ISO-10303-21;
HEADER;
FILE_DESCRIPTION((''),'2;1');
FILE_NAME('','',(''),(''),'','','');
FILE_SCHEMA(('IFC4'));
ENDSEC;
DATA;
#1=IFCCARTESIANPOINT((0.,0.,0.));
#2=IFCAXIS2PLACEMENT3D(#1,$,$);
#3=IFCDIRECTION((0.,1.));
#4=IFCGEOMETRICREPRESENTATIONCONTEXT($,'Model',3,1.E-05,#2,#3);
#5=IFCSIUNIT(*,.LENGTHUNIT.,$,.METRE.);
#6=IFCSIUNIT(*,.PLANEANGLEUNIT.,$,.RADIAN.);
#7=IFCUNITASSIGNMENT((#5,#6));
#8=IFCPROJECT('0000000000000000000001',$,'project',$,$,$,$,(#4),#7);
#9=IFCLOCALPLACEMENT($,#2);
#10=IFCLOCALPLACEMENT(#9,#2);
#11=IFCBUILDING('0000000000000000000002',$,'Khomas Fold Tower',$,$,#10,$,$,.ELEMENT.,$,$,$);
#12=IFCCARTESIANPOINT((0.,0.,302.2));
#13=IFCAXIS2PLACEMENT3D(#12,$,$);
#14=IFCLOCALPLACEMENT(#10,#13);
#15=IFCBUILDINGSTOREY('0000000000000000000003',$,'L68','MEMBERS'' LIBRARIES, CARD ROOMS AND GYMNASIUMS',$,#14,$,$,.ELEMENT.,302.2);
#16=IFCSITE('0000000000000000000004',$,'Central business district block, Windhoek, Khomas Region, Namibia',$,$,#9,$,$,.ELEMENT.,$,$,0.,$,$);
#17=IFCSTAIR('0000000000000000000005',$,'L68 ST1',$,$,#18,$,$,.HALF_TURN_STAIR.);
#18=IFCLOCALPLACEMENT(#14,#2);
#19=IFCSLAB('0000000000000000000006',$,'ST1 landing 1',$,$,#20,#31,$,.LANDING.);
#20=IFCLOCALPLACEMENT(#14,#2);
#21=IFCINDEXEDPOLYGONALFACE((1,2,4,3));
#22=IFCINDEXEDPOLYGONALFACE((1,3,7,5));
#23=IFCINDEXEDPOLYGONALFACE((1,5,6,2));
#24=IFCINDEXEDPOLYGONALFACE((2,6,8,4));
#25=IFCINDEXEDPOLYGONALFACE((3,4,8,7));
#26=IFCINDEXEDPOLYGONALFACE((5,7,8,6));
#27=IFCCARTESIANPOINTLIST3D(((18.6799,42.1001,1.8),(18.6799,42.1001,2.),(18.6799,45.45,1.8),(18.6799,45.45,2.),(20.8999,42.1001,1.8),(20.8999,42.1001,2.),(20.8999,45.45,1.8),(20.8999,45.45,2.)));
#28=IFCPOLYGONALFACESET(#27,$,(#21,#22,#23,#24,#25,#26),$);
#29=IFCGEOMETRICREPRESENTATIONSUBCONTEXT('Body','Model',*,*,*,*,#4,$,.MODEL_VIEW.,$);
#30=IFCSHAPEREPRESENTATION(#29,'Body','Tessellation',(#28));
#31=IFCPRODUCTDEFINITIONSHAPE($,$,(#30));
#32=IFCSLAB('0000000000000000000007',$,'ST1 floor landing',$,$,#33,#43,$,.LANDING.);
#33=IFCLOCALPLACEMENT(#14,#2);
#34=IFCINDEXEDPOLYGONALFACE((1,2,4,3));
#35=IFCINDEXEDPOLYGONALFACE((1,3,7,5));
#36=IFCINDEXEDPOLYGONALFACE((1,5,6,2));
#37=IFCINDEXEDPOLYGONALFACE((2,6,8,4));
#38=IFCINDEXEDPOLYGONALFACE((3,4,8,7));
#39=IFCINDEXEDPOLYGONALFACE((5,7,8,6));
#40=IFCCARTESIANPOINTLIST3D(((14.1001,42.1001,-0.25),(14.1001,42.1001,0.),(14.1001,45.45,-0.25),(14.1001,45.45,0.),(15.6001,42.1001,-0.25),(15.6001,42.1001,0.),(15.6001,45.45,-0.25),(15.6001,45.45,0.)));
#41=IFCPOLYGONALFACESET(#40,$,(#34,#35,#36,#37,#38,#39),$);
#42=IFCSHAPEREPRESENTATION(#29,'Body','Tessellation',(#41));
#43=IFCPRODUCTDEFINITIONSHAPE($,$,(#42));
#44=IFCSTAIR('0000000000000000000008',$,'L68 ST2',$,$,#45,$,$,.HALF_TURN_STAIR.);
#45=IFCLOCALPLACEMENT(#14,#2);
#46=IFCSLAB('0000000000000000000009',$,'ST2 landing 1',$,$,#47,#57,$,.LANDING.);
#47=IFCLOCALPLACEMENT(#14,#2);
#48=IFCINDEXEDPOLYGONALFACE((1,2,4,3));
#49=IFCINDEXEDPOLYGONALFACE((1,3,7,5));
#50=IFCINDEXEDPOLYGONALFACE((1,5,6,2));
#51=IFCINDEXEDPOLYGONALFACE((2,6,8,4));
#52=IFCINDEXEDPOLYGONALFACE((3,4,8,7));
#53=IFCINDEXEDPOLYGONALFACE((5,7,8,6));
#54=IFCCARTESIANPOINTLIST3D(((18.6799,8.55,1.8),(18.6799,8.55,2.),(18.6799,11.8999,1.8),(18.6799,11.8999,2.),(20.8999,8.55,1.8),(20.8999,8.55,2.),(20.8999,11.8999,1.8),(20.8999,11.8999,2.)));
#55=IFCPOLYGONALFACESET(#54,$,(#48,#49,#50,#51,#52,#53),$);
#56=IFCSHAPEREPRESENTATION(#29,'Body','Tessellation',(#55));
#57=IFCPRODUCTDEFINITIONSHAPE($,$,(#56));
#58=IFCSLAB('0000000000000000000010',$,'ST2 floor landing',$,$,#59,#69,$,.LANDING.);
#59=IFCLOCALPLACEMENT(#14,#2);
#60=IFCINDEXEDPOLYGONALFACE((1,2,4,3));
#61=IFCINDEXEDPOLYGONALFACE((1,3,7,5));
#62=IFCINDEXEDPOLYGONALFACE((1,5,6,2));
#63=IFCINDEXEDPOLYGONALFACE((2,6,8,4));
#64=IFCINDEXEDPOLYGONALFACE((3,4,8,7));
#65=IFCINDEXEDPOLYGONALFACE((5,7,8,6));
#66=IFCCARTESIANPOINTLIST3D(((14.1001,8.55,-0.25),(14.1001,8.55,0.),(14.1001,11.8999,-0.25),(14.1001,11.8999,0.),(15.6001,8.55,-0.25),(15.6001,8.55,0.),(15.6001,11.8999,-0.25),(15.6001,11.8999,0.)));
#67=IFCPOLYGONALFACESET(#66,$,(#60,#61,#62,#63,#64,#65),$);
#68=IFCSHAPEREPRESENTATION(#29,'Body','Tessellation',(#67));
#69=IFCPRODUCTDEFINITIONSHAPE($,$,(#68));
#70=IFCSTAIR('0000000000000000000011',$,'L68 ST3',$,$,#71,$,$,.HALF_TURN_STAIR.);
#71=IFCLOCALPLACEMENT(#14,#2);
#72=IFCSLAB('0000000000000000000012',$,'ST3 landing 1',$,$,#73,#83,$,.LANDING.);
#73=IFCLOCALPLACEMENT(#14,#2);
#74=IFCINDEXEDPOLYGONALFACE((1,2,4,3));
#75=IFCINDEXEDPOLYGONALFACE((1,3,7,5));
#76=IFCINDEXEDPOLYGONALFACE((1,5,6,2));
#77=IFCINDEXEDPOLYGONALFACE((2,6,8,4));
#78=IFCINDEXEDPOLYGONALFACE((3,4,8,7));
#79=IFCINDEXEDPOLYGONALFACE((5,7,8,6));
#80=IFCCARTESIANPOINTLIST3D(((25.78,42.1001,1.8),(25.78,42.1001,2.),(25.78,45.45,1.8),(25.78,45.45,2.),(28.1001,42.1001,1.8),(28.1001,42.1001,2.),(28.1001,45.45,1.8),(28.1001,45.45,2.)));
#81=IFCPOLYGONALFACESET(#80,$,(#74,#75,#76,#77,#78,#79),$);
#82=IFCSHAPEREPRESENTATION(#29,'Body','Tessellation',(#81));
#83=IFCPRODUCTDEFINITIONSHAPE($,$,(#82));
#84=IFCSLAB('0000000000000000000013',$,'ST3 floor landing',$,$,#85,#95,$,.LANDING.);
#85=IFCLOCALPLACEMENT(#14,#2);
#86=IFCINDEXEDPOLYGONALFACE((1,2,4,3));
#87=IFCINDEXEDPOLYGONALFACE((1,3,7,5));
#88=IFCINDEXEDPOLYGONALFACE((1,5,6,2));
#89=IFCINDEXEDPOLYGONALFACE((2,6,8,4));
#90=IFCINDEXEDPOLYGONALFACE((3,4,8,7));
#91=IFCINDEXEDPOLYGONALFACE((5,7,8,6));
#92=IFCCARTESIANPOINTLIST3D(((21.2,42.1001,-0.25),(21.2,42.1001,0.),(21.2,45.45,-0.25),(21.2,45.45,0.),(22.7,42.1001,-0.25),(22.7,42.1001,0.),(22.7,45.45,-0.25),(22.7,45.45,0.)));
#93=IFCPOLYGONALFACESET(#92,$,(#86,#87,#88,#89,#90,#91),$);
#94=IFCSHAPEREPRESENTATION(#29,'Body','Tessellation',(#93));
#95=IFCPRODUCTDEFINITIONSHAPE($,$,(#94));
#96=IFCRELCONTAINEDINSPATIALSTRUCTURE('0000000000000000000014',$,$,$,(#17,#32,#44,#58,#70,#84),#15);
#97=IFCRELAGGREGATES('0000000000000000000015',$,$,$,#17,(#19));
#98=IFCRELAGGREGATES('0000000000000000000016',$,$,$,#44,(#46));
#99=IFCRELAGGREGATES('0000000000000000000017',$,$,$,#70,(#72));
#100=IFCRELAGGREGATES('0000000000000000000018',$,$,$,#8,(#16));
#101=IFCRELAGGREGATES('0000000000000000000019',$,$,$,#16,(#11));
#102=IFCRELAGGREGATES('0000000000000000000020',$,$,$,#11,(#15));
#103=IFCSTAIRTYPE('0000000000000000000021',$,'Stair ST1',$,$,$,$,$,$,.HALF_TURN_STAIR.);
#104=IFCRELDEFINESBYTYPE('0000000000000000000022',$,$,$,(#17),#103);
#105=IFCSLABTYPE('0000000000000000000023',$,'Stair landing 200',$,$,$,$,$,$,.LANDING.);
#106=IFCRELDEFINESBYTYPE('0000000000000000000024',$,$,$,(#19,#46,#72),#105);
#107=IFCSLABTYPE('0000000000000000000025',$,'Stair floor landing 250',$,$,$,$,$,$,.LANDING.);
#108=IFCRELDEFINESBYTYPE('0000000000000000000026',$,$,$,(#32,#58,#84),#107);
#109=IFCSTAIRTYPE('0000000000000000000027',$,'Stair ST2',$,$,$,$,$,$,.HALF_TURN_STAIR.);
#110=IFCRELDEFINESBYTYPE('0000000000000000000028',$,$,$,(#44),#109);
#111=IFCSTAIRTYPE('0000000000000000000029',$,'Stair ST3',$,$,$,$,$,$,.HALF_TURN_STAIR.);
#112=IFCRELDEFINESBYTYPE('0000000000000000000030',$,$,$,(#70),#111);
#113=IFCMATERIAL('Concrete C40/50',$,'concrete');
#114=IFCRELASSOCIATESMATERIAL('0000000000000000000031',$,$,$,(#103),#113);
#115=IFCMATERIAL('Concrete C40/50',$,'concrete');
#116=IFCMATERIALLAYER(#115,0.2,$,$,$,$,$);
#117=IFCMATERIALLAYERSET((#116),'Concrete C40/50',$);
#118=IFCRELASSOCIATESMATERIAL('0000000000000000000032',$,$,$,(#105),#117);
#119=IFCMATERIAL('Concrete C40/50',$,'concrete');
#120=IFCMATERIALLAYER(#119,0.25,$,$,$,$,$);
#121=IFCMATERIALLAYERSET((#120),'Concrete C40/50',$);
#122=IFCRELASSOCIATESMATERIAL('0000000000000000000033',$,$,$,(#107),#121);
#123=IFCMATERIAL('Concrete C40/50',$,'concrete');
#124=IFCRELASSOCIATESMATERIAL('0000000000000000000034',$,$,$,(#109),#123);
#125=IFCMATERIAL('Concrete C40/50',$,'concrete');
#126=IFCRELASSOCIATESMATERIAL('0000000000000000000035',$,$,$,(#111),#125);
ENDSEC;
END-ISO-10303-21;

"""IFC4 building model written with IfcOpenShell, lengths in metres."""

from ifc_helpers import new_model, si_unit, direction, frame, origin, place, context, subcontext, project, spatial, polyline, outline, extrude, source, transform, mapped, material, layer, layer_set, type_object, element, aggregate, save


model = new_model("IFC4")

# Units and contexts
model_context = context("Model", 3, precision=1e-05, world=origin(), true_north=direction((0.0, 1.0)))
body_context = subcontext(model_context, "Body", "Model", "MODEL_VIEW")
ifc_project = project(units=[si_unit("LENGTHUNIT", "METRE"), si_unit("PLANEANGLEUNIT", "RADIAN")], contexts=[model_context])

# Site, building, storey
site_placement = place(None, origin())
site = spatial("IfcSite", under=ifc_project, at=site_placement, Name="Central business district block, Windhoek, Khomas Region, Namibia", CompositionType="ELEMENT", RefElevation=0.0)
building_placement = place(site_placement, origin())
building = spatial("IfcBuilding", under=site, at=building_placement, Name="Khomas Fold Tower", CompositionType="ELEMENT")
storey_placement = place(building_placement, frame((0.0, 0.0, 302.2)))
storey = spatial("IfcBuildingStorey", under=building, at=storey_placement, Name="L68", Description="MEMBERS' LIBRARIES, CARD ROOMS AND GYMNASIUMS", CompositionType="ELEMENT", Elevation=302.2)

# Stair, slab
ifc_material_1 = material(Name="Concrete C40/50", Category="concrete")
stair_type_1 = type_object("IfcStairType", Name="Stair ST1", PredefinedType="HALF_TURN_STAIR", material=ifc_material_1)
stair_1_placement = place(storey_placement, origin())
stair_1 = element("IfcStair", 1, at=stair_1_placement, inside=storey, type_object=stair_type_1, Name="L68 ST1", PredefinedType="HALF_TURN_STAIR")
ifc_material_2 = material(Name="Concrete C40/50", Category="concrete")
ifc_layer_1 = layer(ifc_material_2, 0.2)
ifc_layer_set_1 = layer_set([ifc_layer_1], Name="Concrete C40/50")
slab_type_1 = type_object("IfcSlabType", Name="Stair landing 200", PredefinedType="LANDING", material=ifc_layer_set_1)
shared_shape_1 = source(origin(), body_context, "Body", "SweptSolid", [
    extrude(outline(polyline([(18.6799, 42.1001), (20.8999, 42.1001), (20.8999, 45.45), (18.6799, 45.45), (18.6799, 42.1001)])), origin(), (0.0, 0.0, 1.0), 0.2),
])
slab_1_placement = place(storey_placement, frame((0.0, 0.0, 1.8)))
slab_1 = element("IfcSlab", 2, at=slab_1_placement, type_object=slab_type_1, Name="ST1 landing 1", PredefinedType="LANDING", context=body_context, shape_type="MappedRepresentation", body=[
    mapped(shared_shape_1, transform((0.0, 0.0, 0.0))),
])
aggregate(stair_1, [slab_1])

# Slab
ifc_material_3 = material(Name="Concrete C40/50", Category="concrete")
ifc_layer_2 = layer(ifc_material_3, 0.25)
ifc_layer_set_2 = layer_set([ifc_layer_2], Name="Concrete C40/50")
slab_type_2 = type_object("IfcSlabType", Name="Stair floor landing 250", PredefinedType="LANDING", material=ifc_layer_set_2)
shared_shape_2 = source(origin(), body_context, "Body", "SweptSolid", [
    extrude(outline(polyline([(15.6001, 42.1001), (14.1001, 42.1001), (14.1001, 45.45), (15.6001, 45.45), (15.6001, 42.1001)])), origin(), (0.0, 0.0, 1.0), 0.25),
])
slab_2_placement = place(storey_placement, frame((0.0, 0.0, -0.25)))
element("IfcSlab", 3, at=slab_2_placement, inside=storey, type_object=slab_type_2, Name="ST1 floor landing", PredefinedType="LANDING", context=body_context, shape_type="MappedRepresentation", body=[
    mapped(shared_shape_2, transform((0.0, 0.0, 0.0))),
])

# Stair, slab
ifc_material_4 = material(Name="Concrete C40/50", Category="concrete")
stair_type_2 = type_object("IfcStairType", Name="Stair ST2", PredefinedType="HALF_TURN_STAIR", material=ifc_material_4)
stair_2_placement = place(storey_placement, origin())
stair_2 = element("IfcStair", 4, at=stair_2_placement, inside=storey, type_object=stair_type_2, Name="L68 ST2", PredefinedType="HALF_TURN_STAIR")
shared_shape_3 = source(origin(), body_context, "Body", "SweptSolid", [
    extrude(outline(polyline([(18.6799, 8.55), (20.8999, 8.55), (20.8999, 11.8999), (18.6799, 11.8999), (18.6799, 8.55)])), origin(), (0.0, 0.0, 1.0), 0.2),
])
slab_3_placement = place(storey_placement, frame((0.0, 0.0, 1.8)))
slab_3 = element("IfcSlab", 5, at=slab_3_placement, type_object=slab_type_1, Name="ST2 landing 1", PredefinedType="LANDING", context=body_context, shape_type="MappedRepresentation", body=[
    mapped(shared_shape_3, transform((0.0, 0.0, 0.0))),
])
aggregate(stair_2, [slab_3])

# Slab
shared_shape_4 = source(origin(), body_context, "Body", "SweptSolid", [
    extrude(outline(polyline([(15.6001, 8.55), (14.1001, 8.55), (14.1001, 11.8999), (15.6001, 11.8999), (15.6001, 8.55)])), origin(), (0.0, 0.0, 1.0), 0.25),
])
slab_4_placement = place(storey_placement, frame((0.0, 0.0, -0.25)))
element("IfcSlab", 6, at=slab_4_placement, inside=storey, type_object=slab_type_2, Name="ST2 floor landing", PredefinedType="LANDING", context=body_context, shape_type="MappedRepresentation", body=[
    mapped(shared_shape_4, transform((0.0, 0.0, 0.0))),
])

# Stair, slab
ifc_material_5 = material(Name="Concrete C40/50", Category="concrete")
stair_type_3 = type_object("IfcStairType", Name="Stair ST3", PredefinedType="HALF_TURN_STAIR", material=ifc_material_5)
stair_3_placement = place(storey_placement, origin())
stair_3 = element("IfcStair", 7, at=stair_3_placement, inside=storey, type_object=stair_type_3, Name="L68 ST3", PredefinedType="HALF_TURN_STAIR")
shared_shape_5 = source(origin(), body_context, "Body", "SweptSolid", [
    extrude(outline(polyline([(25.78, 42.1001), (28.1001, 42.1001), (28.1001, 45.45), (25.78, 45.45), (25.78, 42.1001)])), origin(), (0.0, 0.0, 1.0), 0.2),
])
slab_5_placement = place(storey_placement, frame((0.0, 0.0, 1.8)))
slab_5 = element("IfcSlab", 8, at=slab_5_placement, type_object=slab_type_1, Name="ST3 landing 1", PredefinedType="LANDING", context=body_context, shape_type="MappedRepresentation", body=[
    mapped(shared_shape_5, transform((0.0, 0.0, 0.0))),
])
aggregate(stair_3, [slab_5])

# Slab
shared_shape_6 = source(origin(), body_context, "Body", "SweptSolid", [
    extrude(outline(polyline([(22.7, 42.1001), (21.2, 42.1001), (21.2, 45.45), (22.7, 45.45), (22.7, 42.1001)])), origin(), (0.0, 0.0, 1.0), 0.25),
])
slab_6_placement = place(storey_placement, frame((0.0, 0.0, -0.25)))
element("IfcSlab", 9, at=slab_6_placement, inside=storey, type_object=slab_type_2, Name="ST3 floor landing", PredefinedType="LANDING", context=body_context, shape_type="MappedRepresentation", body=[
    mapped(shared_shape_6, transform((0.0, 0.0, 0.0))),
])

save(model, "model.ifc")
